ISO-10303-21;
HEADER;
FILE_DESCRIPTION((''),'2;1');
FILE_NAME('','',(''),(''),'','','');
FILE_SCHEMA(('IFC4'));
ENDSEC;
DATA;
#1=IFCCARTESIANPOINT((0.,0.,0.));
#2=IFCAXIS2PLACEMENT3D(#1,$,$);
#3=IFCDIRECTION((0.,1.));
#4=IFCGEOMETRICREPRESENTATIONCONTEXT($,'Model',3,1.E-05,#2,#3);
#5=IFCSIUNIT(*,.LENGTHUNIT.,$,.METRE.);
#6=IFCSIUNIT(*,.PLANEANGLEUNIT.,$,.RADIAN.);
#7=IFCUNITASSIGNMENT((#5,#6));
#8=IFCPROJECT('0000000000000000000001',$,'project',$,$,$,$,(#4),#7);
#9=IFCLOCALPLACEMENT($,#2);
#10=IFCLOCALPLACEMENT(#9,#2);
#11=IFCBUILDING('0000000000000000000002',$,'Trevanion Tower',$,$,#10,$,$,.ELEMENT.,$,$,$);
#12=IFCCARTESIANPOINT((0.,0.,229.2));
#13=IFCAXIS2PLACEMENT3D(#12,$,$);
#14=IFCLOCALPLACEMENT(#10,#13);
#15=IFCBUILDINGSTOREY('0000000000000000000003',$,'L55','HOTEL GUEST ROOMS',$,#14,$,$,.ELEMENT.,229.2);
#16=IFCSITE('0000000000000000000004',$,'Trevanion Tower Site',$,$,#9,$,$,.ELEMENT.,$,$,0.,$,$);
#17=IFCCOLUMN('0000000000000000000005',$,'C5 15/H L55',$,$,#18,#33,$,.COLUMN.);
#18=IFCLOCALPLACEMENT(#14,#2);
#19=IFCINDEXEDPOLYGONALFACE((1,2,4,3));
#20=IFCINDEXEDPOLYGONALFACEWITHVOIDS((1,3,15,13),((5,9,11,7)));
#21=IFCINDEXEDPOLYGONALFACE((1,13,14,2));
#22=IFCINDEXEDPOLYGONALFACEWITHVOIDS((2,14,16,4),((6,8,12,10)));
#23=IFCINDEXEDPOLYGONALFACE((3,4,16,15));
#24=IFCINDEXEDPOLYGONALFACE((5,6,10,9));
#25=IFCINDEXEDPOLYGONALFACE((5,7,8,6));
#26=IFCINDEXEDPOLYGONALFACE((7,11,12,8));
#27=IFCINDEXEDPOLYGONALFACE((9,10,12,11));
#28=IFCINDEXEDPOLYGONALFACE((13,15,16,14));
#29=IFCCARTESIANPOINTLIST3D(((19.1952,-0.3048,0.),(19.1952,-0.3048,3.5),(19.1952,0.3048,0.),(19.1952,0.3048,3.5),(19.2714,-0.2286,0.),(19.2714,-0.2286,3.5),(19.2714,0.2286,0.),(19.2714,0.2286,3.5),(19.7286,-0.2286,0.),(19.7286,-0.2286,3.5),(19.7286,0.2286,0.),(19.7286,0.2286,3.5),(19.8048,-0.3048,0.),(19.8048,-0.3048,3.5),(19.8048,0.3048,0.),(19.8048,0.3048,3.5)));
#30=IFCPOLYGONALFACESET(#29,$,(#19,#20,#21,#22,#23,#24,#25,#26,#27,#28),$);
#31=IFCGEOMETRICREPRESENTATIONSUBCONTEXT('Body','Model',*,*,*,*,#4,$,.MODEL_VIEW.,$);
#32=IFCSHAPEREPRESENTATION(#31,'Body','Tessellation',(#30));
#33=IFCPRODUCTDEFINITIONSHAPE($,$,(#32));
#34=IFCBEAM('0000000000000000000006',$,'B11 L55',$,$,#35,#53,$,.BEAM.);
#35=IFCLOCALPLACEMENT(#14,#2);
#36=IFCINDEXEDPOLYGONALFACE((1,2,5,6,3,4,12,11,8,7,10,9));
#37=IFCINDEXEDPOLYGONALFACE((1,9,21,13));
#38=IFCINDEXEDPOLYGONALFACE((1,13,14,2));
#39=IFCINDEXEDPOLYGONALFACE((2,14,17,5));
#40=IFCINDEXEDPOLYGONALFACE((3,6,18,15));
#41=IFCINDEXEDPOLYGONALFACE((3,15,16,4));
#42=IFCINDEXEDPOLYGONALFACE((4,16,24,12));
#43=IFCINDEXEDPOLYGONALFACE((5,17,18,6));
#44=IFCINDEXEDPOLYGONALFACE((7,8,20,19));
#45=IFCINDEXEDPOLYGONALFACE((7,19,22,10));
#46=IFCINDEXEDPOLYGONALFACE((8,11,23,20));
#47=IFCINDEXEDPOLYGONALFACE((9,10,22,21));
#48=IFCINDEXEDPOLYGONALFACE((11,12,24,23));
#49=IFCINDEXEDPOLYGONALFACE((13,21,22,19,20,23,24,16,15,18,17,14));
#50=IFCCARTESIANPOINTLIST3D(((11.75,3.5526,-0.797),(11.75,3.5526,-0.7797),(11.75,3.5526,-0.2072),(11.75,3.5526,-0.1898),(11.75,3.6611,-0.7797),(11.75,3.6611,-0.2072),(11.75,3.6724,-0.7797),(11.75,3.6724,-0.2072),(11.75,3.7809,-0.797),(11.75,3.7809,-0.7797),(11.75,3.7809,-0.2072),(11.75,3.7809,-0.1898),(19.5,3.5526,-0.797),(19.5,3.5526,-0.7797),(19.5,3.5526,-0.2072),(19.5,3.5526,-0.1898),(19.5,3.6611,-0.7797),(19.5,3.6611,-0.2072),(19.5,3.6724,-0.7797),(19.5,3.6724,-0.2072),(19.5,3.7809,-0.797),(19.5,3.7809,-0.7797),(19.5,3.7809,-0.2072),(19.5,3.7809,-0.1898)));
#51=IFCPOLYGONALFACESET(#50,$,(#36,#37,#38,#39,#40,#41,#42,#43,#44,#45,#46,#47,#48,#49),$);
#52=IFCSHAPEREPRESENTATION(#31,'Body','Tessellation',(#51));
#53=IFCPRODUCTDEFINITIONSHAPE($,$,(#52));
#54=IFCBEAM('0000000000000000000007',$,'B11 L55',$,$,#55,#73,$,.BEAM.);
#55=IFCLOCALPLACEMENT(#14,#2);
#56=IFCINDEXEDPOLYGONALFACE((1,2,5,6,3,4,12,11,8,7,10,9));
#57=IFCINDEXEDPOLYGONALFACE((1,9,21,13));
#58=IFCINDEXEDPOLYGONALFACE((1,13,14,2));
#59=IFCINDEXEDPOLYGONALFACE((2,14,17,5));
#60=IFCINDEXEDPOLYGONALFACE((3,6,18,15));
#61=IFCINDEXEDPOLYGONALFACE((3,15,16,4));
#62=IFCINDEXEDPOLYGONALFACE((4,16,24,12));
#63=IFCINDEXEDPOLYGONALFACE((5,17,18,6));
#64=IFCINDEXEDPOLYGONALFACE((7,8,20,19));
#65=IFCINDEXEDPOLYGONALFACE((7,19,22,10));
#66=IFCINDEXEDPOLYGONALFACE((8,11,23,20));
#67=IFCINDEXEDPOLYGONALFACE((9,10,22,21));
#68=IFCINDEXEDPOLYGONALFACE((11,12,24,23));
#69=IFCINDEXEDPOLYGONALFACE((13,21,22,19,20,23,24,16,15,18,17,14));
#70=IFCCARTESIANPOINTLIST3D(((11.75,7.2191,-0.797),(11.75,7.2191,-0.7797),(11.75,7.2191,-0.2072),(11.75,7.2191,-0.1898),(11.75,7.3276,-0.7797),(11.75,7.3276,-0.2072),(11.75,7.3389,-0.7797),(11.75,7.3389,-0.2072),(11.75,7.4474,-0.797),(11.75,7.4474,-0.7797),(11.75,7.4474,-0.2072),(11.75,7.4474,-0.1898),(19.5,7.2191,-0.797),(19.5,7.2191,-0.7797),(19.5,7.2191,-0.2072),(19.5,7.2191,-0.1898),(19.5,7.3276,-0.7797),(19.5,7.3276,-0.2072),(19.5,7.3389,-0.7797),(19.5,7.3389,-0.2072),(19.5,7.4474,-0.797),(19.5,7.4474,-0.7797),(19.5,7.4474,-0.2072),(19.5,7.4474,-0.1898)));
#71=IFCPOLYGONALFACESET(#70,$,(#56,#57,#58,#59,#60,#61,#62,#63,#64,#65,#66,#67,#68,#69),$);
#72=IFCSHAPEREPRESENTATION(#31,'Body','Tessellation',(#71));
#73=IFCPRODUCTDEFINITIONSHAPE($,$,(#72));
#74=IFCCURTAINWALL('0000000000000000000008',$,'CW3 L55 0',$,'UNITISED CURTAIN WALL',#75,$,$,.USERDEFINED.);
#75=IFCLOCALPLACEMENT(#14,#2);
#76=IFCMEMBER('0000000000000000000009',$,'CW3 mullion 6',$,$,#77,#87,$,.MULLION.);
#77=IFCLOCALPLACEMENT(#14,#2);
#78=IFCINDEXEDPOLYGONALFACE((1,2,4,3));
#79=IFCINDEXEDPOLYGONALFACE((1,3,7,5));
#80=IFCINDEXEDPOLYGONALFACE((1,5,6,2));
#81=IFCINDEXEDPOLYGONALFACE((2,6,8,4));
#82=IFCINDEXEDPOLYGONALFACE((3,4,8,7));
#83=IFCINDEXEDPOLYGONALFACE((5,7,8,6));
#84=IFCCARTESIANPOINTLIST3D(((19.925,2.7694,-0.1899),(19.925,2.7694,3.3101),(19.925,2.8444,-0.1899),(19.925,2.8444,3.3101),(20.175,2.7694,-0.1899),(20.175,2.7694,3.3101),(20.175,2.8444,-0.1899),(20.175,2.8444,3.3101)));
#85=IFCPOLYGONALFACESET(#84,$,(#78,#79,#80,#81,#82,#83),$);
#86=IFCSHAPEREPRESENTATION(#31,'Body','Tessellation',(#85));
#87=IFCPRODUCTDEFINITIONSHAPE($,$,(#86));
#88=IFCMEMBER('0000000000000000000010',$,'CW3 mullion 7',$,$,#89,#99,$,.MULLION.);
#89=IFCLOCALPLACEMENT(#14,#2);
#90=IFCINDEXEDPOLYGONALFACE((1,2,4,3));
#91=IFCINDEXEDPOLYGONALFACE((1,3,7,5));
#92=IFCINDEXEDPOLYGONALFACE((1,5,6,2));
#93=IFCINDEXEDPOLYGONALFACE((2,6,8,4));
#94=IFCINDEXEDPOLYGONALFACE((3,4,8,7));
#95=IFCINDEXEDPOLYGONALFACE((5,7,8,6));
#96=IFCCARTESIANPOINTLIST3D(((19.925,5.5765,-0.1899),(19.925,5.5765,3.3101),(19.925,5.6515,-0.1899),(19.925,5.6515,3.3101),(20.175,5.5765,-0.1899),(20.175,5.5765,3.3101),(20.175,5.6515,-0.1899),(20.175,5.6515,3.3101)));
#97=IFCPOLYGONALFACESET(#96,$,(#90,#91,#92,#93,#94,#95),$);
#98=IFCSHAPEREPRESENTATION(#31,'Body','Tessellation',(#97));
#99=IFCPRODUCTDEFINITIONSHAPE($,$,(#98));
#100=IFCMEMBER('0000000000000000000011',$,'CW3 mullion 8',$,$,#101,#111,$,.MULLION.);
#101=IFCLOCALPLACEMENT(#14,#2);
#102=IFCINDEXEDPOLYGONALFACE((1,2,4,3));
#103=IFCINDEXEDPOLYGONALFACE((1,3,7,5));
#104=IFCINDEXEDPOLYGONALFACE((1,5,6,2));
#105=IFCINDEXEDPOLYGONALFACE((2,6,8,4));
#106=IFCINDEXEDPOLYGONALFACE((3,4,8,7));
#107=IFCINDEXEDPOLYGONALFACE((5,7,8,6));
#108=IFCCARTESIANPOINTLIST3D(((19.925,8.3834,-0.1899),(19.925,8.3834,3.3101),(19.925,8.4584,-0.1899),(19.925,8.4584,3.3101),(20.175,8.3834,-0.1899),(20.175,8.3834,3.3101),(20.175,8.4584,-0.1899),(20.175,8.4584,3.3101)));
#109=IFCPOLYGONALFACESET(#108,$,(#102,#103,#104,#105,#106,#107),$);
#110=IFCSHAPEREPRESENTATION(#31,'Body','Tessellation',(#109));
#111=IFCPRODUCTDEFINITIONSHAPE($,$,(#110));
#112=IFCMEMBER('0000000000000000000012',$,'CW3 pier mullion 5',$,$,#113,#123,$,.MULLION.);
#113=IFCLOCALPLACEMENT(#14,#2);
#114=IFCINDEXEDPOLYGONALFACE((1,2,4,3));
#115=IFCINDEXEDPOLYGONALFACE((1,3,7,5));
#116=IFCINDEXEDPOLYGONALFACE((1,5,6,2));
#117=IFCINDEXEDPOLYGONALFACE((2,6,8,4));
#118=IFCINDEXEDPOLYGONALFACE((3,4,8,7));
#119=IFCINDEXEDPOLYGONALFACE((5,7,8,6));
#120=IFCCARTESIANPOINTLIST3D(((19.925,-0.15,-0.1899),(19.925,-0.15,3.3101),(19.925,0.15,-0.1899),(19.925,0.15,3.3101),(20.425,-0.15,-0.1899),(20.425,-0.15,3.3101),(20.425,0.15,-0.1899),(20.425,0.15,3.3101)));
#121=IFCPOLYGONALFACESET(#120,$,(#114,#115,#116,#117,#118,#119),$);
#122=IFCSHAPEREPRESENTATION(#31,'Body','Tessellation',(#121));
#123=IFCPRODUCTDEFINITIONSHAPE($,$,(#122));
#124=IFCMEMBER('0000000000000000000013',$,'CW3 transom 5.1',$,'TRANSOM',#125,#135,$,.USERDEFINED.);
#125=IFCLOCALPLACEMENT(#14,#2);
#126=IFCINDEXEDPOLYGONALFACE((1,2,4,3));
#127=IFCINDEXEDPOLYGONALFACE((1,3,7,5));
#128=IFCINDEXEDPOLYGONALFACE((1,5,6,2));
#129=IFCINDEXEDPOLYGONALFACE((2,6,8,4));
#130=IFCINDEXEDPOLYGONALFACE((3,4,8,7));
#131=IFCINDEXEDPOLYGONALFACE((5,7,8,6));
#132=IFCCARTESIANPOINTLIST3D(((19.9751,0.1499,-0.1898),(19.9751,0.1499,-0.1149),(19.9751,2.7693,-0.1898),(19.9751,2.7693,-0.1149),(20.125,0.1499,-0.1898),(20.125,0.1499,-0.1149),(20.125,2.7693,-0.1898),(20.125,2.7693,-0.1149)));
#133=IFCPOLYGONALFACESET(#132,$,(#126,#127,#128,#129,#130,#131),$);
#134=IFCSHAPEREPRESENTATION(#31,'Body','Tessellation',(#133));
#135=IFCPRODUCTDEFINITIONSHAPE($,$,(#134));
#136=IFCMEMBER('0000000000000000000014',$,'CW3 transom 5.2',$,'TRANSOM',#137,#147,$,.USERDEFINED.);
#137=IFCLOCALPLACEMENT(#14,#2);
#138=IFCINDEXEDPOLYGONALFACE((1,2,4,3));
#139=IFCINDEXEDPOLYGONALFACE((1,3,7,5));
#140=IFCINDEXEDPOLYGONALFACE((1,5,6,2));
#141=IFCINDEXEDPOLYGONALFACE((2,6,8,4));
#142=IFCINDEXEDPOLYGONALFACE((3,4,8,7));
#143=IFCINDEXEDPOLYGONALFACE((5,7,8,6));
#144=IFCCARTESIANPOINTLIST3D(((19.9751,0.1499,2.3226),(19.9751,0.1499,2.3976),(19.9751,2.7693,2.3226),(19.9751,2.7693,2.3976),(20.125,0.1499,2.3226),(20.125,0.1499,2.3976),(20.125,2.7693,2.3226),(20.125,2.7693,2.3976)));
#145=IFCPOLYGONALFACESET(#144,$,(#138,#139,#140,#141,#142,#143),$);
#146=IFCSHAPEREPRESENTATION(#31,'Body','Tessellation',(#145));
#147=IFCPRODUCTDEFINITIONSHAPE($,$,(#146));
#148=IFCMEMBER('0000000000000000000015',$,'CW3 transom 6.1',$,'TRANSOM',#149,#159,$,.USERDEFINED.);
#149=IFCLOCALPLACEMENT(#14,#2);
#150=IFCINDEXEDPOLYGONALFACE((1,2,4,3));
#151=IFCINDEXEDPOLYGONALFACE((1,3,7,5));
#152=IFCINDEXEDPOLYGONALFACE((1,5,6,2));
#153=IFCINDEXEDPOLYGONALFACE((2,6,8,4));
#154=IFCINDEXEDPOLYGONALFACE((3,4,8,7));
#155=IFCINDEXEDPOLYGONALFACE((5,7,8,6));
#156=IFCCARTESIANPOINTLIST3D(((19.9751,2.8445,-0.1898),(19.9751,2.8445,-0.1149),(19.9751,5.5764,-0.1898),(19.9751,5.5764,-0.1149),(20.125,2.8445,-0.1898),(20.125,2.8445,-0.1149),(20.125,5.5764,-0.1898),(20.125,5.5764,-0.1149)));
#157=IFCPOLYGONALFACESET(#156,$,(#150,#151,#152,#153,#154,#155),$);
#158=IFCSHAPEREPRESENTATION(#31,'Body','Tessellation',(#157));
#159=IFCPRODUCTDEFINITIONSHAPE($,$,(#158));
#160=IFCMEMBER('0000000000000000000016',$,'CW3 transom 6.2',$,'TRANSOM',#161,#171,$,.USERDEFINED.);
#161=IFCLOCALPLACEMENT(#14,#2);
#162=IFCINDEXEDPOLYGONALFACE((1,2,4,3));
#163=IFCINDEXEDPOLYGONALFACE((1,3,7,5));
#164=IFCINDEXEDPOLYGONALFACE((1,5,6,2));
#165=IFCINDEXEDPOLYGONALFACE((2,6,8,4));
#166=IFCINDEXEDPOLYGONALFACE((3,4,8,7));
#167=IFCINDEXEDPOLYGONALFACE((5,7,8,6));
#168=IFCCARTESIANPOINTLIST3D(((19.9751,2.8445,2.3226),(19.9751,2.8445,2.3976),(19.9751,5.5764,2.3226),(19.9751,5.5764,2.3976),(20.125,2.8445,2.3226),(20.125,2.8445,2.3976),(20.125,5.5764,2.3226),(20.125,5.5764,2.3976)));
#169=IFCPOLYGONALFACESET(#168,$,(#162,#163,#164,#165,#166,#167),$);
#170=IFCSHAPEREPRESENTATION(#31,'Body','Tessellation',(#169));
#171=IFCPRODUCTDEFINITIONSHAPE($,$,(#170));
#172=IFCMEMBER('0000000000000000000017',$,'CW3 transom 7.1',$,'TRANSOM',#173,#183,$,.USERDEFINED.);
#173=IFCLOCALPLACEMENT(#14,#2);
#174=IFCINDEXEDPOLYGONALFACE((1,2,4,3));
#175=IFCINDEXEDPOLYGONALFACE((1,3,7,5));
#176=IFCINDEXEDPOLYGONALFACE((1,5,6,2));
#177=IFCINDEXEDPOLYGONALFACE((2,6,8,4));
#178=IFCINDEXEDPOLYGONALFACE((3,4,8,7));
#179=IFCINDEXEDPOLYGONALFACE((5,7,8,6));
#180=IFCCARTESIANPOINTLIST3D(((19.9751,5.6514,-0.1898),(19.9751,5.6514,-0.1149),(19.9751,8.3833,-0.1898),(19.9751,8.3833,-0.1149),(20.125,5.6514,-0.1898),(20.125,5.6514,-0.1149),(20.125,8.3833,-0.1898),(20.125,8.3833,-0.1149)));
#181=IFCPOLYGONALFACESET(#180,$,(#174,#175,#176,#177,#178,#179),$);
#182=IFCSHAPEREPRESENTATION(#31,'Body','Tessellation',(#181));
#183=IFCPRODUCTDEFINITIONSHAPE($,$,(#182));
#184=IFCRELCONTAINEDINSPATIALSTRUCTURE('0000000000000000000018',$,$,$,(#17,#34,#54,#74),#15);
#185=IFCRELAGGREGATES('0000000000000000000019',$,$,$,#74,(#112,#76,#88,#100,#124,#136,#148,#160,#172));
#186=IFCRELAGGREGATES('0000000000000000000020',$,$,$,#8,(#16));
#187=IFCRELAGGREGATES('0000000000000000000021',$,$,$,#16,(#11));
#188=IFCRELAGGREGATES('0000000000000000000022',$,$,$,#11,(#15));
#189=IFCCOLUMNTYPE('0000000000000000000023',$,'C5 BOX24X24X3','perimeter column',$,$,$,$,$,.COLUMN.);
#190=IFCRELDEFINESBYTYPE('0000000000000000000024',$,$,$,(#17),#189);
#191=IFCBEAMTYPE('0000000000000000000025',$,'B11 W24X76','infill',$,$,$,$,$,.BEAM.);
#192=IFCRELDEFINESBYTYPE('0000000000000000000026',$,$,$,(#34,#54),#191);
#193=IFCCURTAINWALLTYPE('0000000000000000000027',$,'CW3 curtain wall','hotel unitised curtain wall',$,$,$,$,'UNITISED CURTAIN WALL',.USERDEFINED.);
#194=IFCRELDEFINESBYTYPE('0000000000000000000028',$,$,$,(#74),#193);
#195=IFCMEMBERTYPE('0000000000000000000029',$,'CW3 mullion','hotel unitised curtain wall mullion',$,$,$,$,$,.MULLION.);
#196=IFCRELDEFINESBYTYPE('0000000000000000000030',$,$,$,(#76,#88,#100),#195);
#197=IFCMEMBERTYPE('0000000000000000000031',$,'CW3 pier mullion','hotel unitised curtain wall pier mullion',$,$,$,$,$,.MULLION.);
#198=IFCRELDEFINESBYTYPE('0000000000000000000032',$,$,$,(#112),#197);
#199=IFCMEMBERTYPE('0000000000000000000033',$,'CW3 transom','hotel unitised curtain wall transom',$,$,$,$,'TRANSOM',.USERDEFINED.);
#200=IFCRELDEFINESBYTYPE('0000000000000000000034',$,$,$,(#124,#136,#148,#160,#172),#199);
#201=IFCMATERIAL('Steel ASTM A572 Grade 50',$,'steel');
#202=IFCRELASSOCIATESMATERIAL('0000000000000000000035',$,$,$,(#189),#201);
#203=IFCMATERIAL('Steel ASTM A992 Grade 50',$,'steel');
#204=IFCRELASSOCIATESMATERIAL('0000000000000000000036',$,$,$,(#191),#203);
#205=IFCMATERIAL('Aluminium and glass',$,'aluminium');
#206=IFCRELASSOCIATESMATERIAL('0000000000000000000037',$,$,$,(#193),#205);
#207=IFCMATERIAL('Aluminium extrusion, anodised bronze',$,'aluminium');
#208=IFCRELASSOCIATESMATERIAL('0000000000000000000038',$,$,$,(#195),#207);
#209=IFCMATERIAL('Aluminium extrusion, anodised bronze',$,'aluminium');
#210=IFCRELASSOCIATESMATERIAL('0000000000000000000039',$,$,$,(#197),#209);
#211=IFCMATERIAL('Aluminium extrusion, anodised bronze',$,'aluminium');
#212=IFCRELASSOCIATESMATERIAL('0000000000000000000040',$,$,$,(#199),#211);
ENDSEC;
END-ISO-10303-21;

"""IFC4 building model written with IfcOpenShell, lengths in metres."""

from ifc_helpers import new_model, si_unit, direction, frame, origin, origin_2d, place, context, subcontext, project, spatial, rectangle, hollow_rectangle, i_section, extrude, material, material_profile, profile_set, type_object, element, aggregate, save


model = new_model("IFC4")

# Units and contexts
model_context = context("Model", 3, precision=1e-05, world=origin(), true_north=direction((0.0, 1.0)))
body_context = subcontext(model_context, "Body", "Model", "MODEL_VIEW")
ifc_project = project(units=[si_unit("LENGTHUNIT", "METRE"), si_unit("PLANEANGLEUNIT", "RADIAN")], contexts=[model_context])

# Site, building, storey
site_placement = place(None, origin())
site = spatial("IfcSite", under=ifc_project, at=site_placement, Name="Trevanion Tower Site", CompositionType="ELEMENT", RefElevation=0.0)
building_placement = place(site_placement, origin())
building = spatial("IfcBuilding", under=site, at=building_placement, Name="Trevanion Tower", CompositionType="ELEMENT")
storey_placement = place(building_placement, frame((0.0, 0.0, 229.2)))
storey = spatial("IfcBuildingStorey", under=building, at=storey_placement, Name="L55", Description="HOTEL GUEST ROOMS", CompositionType="ELEMENT", Elevation=229.2)

# Column
ifc_material_1 = material(Name="Steel ASTM A572 Grade 50", Category="steel")
ifc_material_profile_1 = material_profile(ifc_material_1, hollow_rectangle(XDim=0.6096, YDim=0.6096, WallThickness=0.0762, at=origin_2d()), Name="BOX24X24X3")
ifc_profile_set_1 = profile_set([ifc_material_profile_1], Name="Steel ASTM A572 Grade 50")
column_type = type_object("IfcColumnType", Name="C5 BOX24X24X3", Description="perimeter column", PredefinedType="COLUMN", material=ifc_profile_set_1)
column_placement = place(storey_placement, frame((19.5, 0.0, 0.0), z_axis=(0.0, 0.0, 1.0), x_axis=(0.0, 1.0, 0.0)))
element("IfcColumn", 1, at=column_placement, inside=storey, type_object=column_type, Name="C5 15/H L55", PredefinedType="COLUMN", context=body_context, shape_type="SweptSolid", body=[
    extrude(hollow_rectangle(XDim=0.6096, YDim=0.6096, WallThickness=0.0762, at=origin_2d()), origin(), (0.0, 0.0, 1.0), 3.5),
])

# Beams
ifc_material_2 = material(Name="Steel ASTM A992 Grade 50", Category="steel")
ifc_material_profile_2 = material_profile(ifc_material_2, i_section(OverallWidth=0.2283, OverallDepth=0.6072, WebThickness=0.0112, FlangeThickness=0.0173, at=origin_2d()), Name="W24X76")
ifc_profile_set_2 = profile_set([ifc_material_profile_2], Name="Steel ASTM A992 Grade 50")
beam_type_1 = type_object("IfcBeamType", Name="B11 W24X76", Description="infill", PredefinedType="BEAM", material=ifc_profile_set_2)
for number, where, z_axis, x_axis, name in (
    (2, (11.75, 3.6667, -0.4934), (1.0, 0.0, 0.0), (0.0, 1.0, 0.0), "B11 L55"),
    (3, (11.75, 7.3333, -0.4934), (1.0, 0.0, 0.0), (0.0, 1.0, 0.0), "B11 L55"),
):
    element("IfcBeam", number, at=place(storey_placement, frame(where, z_axis=z_axis, x_axis=x_axis)), inside=storey, type_object=beam_type_1, Name=name, PredefinedType="BEAM", context=body_context, shape_type="SweptSolid", body=[
        extrude(i_section(OverallWidth=0.2283, OverallDepth=0.6072, WebThickness=0.0112, FlangeThickness=0.0173, at=origin_2d()), origin(), (0.0, 0.0, 1.0), 7.75),
    ])

# Curtain wall, members
ifc_material_3 = material(Name="Aluminium and glass", Category="aluminium")
curtain_wall_type = type_object("IfcCurtainWallType", Name="CW3 curtain wall", Description="hotel unitised curtain wall", ElementType="UNITISED CURTAIN WALL", PredefinedType="USERDEFINED", material=ifc_material_3)
curtain_wall_placement = place(storey_placement, origin())
curtain_wall = element("IfcCurtainWall", 4, at=curtain_wall_placement, inside=storey, type_object=curtain_wall_type, Name="CW3 L55 0", ObjectType="UNITISED CURTAIN WALL", PredefinedType="USERDEFINED")
ifc_material_4 = material(Name="Aluminium extrusion, anodised bronze", Category="aluminium")
ifc_material_profile_3 = material_profile(ifc_material_4, rectangle(XDim=0.075, YDim=0.25, at=origin_2d()), Name="CW3 mullion")
ifc_profile_set_3 = profile_set([ifc_material_profile_3], Name="Aluminium extrusion, anodised bronze")
member_type_1 = type_object("IfcMemberType", Name="CW3 mullion", Description="hotel unitised curtain wall mullion", PredefinedType="MULLION", material=ifc_profile_set_3)
member_1_placement = place(storey_placement, frame((20.05, 2.8069, -0.1899), z_axis=(0.0, 0.0, 1.0), x_axis=(0.0, 1.0, 0.0)))
member_1 = element("IfcMember", 5, at=member_1_placement, type_object=member_type_1, Name="CW3 mullion 6", PredefinedType="MULLION", context=body_context, shape_type="SweptSolid", body=[
    extrude(rectangle(XDim=0.075, YDim=0.25, at=origin_2d()), origin(), (0.0, 0.0, 1.0), 3.5),
])
member_2_placement = place(storey_placement, frame((20.05, 5.614, -0.1899), z_axis=(0.0, 0.0, 1.0), x_axis=(0.0, 1.0, 0.0)))
member_2 = element("IfcMember", 6, at=member_2_placement, type_object=member_type_1, Name="CW3 mullion 7", PredefinedType="MULLION", context=body_context, shape_type="SweptSolid", body=[
    extrude(rectangle(XDim=0.075, YDim=0.25, at=origin_2d()), origin(), (0.0, 0.0, 1.0), 3.5),
])
member_3_placement = place(storey_placement, frame((20.05, 8.4209, -0.1899), z_axis=(0.0, 0.0, 1.0), x_axis=(0.0, 1.0, 0.0)))
member_3 = element("IfcMember", 7, at=member_3_placement, type_object=member_type_1, Name="CW3 mullion 8", PredefinedType="MULLION", context=body_context, shape_type="SweptSolid", body=[
    extrude(rectangle(XDim=0.075, YDim=0.25, at=origin_2d()), origin(), (0.0, 0.0, 1.0), 3.5),
])
ifc_material_5 = material(Name="Aluminium extrusion, anodised bronze", Category="aluminium")
ifc_material_profile_4 = material_profile(ifc_material_5, rectangle(XDim=0.3, YDim=0.5, at=origin_2d()), Name="CW3 pier mullion")
ifc_profile_set_4 = profile_set([ifc_material_profile_4], Name="Aluminium extrusion, anodised bronze")
member_type_2 = type_object("IfcMemberType", Name="CW3 pier mullion", Description="hotel unitised curtain wall pier mullion", PredefinedType="MULLION", material=ifc_profile_set_4)
member_4_placement = place(storey_placement, frame((20.175, 0.0, -0.1899), z_axis=(0.0, 0.0, 1.0), x_axis=(0.0, 1.0, 0.0)))
member_4 = element("IfcMember", 8, at=member_4_placement, type_object=member_type_2, Name="CW3 pier mullion 5", PredefinedType="MULLION", context=body_context, shape_type="SweptSolid", body=[
    extrude(rectangle(XDim=0.3, YDim=0.5, at=origin_2d()), origin(), (0.0, 0.0, 1.0), 3.5),
])
ifc_material_6 = material(Name="Aluminium extrusion, anodised bronze", Category="aluminium")
ifc_material_profile_5 = material_profile(ifc_material_6, rectangle(XDim=0.1499, YDim=0.075, at=origin_2d()), Name="CW3 transom")
ifc_profile_set_5 = profile_set([ifc_material_profile_5], Name="Aluminium extrusion, anodised bronze")
member_type_3 = type_object("IfcMemberType", Name="CW3 transom", Description="hotel unitised curtain wall transom", ElementType="TRANSOM", PredefinedType="USERDEFINED", material=ifc_profile_set_5)
member_5_placement = place(storey_placement, frame((20.05, 0.1499, -0.1523), z_axis=(0.0, 1.0, 0.0), x_axis=(-1.0, 0.0, 0.0)))
member_5 = element("IfcMember", 9, at=member_5_placement, type_object=member_type_3, Name="CW3 transom 5.1", ObjectType="TRANSOM", PredefinedType="USERDEFINED", context=body_context, shape_type="SweptSolid", body=[
    extrude(rectangle(XDim=0.1499, YDim=0.075, at=origin_2d()), origin(), (0.0, 0.0, 1.0), 2.6194),
])
member_6_placement = place(storey_placement, frame((20.05, 0.1499, 2.3601), z_axis=(0.0, 1.0, 0.0), x_axis=(-1.0, 0.0, 0.0)))
member_6 = element("IfcMember", 10, at=member_6_placement, type_object=member_type_3, Name="CW3 transom 5.2", ObjectType="TRANSOM", PredefinedType="USERDEFINED", context=body_context, shape_type="SweptSolid", body=[
    extrude(rectangle(XDim=0.1499, YDim=0.075, at=origin_2d()), origin(), (0.0, 0.0, 1.0), 2.6194),
])
member_7_placement = place(storey_placement, frame((20.05, 2.8445, -0.1523), z_axis=(0.0, 1.0, 0.0), x_axis=(-1.0, 0.0, 0.0)))
member_7 = element("IfcMember", 11, at=member_7_placement, type_object=member_type_3, Name="CW3 transom 6.1", ObjectType="TRANSOM", PredefinedType="USERDEFINED", context=body_context, shape_type="SweptSolid", body=[
    extrude(rectangle(XDim=0.1499, YDim=0.075, at=origin_2d()), origin(), (0.0, 0.0, 1.0), 2.7319),
])
member_8_placement = place(storey_placement, frame((20.05, 2.8445, 2.3601), z_axis=(0.0, 1.0, 0.0), x_axis=(-1.0, 0.0, 0.0)))
member_8 = element("IfcMember", 12, at=member_8_placement, type_object=member_type_3, Name="CW3 transom 6.2", ObjectType="TRANSOM", PredefinedType="USERDEFINED", context=body_context, shape_type="SweptSolid", body=[
    extrude(rectangle(XDim=0.1499, YDim=0.075, at=origin_2d()), origin(), (0.0, 0.0, 1.0), 2.7319),
])
member_9_placement = place(storey_placement, frame((20.05, 5.6514, -0.1523), z_axis=(0.0, 1.0, 0.0), x_axis=(-1.0, 0.0, 0.0)))
member_9 = element("IfcMember", 13, at=member_9_placement, type_object=member_type_3, Name="CW3 transom 7.1", ObjectType="TRANSOM", PredefinedType="USERDEFINED", context=body_context, shape_type="SweptSolid", body=[
    extrude(rectangle(XDim=0.1499, YDim=0.075, at=origin_2d()), origin(), (0.0, 0.0, 1.0), 2.7319),
])

aggregate(curtain_wall, [member_4, member_1, member_2, member_3, member_5, member_6, member_7, member_8, member_9])

save(model, "model.ifc")
